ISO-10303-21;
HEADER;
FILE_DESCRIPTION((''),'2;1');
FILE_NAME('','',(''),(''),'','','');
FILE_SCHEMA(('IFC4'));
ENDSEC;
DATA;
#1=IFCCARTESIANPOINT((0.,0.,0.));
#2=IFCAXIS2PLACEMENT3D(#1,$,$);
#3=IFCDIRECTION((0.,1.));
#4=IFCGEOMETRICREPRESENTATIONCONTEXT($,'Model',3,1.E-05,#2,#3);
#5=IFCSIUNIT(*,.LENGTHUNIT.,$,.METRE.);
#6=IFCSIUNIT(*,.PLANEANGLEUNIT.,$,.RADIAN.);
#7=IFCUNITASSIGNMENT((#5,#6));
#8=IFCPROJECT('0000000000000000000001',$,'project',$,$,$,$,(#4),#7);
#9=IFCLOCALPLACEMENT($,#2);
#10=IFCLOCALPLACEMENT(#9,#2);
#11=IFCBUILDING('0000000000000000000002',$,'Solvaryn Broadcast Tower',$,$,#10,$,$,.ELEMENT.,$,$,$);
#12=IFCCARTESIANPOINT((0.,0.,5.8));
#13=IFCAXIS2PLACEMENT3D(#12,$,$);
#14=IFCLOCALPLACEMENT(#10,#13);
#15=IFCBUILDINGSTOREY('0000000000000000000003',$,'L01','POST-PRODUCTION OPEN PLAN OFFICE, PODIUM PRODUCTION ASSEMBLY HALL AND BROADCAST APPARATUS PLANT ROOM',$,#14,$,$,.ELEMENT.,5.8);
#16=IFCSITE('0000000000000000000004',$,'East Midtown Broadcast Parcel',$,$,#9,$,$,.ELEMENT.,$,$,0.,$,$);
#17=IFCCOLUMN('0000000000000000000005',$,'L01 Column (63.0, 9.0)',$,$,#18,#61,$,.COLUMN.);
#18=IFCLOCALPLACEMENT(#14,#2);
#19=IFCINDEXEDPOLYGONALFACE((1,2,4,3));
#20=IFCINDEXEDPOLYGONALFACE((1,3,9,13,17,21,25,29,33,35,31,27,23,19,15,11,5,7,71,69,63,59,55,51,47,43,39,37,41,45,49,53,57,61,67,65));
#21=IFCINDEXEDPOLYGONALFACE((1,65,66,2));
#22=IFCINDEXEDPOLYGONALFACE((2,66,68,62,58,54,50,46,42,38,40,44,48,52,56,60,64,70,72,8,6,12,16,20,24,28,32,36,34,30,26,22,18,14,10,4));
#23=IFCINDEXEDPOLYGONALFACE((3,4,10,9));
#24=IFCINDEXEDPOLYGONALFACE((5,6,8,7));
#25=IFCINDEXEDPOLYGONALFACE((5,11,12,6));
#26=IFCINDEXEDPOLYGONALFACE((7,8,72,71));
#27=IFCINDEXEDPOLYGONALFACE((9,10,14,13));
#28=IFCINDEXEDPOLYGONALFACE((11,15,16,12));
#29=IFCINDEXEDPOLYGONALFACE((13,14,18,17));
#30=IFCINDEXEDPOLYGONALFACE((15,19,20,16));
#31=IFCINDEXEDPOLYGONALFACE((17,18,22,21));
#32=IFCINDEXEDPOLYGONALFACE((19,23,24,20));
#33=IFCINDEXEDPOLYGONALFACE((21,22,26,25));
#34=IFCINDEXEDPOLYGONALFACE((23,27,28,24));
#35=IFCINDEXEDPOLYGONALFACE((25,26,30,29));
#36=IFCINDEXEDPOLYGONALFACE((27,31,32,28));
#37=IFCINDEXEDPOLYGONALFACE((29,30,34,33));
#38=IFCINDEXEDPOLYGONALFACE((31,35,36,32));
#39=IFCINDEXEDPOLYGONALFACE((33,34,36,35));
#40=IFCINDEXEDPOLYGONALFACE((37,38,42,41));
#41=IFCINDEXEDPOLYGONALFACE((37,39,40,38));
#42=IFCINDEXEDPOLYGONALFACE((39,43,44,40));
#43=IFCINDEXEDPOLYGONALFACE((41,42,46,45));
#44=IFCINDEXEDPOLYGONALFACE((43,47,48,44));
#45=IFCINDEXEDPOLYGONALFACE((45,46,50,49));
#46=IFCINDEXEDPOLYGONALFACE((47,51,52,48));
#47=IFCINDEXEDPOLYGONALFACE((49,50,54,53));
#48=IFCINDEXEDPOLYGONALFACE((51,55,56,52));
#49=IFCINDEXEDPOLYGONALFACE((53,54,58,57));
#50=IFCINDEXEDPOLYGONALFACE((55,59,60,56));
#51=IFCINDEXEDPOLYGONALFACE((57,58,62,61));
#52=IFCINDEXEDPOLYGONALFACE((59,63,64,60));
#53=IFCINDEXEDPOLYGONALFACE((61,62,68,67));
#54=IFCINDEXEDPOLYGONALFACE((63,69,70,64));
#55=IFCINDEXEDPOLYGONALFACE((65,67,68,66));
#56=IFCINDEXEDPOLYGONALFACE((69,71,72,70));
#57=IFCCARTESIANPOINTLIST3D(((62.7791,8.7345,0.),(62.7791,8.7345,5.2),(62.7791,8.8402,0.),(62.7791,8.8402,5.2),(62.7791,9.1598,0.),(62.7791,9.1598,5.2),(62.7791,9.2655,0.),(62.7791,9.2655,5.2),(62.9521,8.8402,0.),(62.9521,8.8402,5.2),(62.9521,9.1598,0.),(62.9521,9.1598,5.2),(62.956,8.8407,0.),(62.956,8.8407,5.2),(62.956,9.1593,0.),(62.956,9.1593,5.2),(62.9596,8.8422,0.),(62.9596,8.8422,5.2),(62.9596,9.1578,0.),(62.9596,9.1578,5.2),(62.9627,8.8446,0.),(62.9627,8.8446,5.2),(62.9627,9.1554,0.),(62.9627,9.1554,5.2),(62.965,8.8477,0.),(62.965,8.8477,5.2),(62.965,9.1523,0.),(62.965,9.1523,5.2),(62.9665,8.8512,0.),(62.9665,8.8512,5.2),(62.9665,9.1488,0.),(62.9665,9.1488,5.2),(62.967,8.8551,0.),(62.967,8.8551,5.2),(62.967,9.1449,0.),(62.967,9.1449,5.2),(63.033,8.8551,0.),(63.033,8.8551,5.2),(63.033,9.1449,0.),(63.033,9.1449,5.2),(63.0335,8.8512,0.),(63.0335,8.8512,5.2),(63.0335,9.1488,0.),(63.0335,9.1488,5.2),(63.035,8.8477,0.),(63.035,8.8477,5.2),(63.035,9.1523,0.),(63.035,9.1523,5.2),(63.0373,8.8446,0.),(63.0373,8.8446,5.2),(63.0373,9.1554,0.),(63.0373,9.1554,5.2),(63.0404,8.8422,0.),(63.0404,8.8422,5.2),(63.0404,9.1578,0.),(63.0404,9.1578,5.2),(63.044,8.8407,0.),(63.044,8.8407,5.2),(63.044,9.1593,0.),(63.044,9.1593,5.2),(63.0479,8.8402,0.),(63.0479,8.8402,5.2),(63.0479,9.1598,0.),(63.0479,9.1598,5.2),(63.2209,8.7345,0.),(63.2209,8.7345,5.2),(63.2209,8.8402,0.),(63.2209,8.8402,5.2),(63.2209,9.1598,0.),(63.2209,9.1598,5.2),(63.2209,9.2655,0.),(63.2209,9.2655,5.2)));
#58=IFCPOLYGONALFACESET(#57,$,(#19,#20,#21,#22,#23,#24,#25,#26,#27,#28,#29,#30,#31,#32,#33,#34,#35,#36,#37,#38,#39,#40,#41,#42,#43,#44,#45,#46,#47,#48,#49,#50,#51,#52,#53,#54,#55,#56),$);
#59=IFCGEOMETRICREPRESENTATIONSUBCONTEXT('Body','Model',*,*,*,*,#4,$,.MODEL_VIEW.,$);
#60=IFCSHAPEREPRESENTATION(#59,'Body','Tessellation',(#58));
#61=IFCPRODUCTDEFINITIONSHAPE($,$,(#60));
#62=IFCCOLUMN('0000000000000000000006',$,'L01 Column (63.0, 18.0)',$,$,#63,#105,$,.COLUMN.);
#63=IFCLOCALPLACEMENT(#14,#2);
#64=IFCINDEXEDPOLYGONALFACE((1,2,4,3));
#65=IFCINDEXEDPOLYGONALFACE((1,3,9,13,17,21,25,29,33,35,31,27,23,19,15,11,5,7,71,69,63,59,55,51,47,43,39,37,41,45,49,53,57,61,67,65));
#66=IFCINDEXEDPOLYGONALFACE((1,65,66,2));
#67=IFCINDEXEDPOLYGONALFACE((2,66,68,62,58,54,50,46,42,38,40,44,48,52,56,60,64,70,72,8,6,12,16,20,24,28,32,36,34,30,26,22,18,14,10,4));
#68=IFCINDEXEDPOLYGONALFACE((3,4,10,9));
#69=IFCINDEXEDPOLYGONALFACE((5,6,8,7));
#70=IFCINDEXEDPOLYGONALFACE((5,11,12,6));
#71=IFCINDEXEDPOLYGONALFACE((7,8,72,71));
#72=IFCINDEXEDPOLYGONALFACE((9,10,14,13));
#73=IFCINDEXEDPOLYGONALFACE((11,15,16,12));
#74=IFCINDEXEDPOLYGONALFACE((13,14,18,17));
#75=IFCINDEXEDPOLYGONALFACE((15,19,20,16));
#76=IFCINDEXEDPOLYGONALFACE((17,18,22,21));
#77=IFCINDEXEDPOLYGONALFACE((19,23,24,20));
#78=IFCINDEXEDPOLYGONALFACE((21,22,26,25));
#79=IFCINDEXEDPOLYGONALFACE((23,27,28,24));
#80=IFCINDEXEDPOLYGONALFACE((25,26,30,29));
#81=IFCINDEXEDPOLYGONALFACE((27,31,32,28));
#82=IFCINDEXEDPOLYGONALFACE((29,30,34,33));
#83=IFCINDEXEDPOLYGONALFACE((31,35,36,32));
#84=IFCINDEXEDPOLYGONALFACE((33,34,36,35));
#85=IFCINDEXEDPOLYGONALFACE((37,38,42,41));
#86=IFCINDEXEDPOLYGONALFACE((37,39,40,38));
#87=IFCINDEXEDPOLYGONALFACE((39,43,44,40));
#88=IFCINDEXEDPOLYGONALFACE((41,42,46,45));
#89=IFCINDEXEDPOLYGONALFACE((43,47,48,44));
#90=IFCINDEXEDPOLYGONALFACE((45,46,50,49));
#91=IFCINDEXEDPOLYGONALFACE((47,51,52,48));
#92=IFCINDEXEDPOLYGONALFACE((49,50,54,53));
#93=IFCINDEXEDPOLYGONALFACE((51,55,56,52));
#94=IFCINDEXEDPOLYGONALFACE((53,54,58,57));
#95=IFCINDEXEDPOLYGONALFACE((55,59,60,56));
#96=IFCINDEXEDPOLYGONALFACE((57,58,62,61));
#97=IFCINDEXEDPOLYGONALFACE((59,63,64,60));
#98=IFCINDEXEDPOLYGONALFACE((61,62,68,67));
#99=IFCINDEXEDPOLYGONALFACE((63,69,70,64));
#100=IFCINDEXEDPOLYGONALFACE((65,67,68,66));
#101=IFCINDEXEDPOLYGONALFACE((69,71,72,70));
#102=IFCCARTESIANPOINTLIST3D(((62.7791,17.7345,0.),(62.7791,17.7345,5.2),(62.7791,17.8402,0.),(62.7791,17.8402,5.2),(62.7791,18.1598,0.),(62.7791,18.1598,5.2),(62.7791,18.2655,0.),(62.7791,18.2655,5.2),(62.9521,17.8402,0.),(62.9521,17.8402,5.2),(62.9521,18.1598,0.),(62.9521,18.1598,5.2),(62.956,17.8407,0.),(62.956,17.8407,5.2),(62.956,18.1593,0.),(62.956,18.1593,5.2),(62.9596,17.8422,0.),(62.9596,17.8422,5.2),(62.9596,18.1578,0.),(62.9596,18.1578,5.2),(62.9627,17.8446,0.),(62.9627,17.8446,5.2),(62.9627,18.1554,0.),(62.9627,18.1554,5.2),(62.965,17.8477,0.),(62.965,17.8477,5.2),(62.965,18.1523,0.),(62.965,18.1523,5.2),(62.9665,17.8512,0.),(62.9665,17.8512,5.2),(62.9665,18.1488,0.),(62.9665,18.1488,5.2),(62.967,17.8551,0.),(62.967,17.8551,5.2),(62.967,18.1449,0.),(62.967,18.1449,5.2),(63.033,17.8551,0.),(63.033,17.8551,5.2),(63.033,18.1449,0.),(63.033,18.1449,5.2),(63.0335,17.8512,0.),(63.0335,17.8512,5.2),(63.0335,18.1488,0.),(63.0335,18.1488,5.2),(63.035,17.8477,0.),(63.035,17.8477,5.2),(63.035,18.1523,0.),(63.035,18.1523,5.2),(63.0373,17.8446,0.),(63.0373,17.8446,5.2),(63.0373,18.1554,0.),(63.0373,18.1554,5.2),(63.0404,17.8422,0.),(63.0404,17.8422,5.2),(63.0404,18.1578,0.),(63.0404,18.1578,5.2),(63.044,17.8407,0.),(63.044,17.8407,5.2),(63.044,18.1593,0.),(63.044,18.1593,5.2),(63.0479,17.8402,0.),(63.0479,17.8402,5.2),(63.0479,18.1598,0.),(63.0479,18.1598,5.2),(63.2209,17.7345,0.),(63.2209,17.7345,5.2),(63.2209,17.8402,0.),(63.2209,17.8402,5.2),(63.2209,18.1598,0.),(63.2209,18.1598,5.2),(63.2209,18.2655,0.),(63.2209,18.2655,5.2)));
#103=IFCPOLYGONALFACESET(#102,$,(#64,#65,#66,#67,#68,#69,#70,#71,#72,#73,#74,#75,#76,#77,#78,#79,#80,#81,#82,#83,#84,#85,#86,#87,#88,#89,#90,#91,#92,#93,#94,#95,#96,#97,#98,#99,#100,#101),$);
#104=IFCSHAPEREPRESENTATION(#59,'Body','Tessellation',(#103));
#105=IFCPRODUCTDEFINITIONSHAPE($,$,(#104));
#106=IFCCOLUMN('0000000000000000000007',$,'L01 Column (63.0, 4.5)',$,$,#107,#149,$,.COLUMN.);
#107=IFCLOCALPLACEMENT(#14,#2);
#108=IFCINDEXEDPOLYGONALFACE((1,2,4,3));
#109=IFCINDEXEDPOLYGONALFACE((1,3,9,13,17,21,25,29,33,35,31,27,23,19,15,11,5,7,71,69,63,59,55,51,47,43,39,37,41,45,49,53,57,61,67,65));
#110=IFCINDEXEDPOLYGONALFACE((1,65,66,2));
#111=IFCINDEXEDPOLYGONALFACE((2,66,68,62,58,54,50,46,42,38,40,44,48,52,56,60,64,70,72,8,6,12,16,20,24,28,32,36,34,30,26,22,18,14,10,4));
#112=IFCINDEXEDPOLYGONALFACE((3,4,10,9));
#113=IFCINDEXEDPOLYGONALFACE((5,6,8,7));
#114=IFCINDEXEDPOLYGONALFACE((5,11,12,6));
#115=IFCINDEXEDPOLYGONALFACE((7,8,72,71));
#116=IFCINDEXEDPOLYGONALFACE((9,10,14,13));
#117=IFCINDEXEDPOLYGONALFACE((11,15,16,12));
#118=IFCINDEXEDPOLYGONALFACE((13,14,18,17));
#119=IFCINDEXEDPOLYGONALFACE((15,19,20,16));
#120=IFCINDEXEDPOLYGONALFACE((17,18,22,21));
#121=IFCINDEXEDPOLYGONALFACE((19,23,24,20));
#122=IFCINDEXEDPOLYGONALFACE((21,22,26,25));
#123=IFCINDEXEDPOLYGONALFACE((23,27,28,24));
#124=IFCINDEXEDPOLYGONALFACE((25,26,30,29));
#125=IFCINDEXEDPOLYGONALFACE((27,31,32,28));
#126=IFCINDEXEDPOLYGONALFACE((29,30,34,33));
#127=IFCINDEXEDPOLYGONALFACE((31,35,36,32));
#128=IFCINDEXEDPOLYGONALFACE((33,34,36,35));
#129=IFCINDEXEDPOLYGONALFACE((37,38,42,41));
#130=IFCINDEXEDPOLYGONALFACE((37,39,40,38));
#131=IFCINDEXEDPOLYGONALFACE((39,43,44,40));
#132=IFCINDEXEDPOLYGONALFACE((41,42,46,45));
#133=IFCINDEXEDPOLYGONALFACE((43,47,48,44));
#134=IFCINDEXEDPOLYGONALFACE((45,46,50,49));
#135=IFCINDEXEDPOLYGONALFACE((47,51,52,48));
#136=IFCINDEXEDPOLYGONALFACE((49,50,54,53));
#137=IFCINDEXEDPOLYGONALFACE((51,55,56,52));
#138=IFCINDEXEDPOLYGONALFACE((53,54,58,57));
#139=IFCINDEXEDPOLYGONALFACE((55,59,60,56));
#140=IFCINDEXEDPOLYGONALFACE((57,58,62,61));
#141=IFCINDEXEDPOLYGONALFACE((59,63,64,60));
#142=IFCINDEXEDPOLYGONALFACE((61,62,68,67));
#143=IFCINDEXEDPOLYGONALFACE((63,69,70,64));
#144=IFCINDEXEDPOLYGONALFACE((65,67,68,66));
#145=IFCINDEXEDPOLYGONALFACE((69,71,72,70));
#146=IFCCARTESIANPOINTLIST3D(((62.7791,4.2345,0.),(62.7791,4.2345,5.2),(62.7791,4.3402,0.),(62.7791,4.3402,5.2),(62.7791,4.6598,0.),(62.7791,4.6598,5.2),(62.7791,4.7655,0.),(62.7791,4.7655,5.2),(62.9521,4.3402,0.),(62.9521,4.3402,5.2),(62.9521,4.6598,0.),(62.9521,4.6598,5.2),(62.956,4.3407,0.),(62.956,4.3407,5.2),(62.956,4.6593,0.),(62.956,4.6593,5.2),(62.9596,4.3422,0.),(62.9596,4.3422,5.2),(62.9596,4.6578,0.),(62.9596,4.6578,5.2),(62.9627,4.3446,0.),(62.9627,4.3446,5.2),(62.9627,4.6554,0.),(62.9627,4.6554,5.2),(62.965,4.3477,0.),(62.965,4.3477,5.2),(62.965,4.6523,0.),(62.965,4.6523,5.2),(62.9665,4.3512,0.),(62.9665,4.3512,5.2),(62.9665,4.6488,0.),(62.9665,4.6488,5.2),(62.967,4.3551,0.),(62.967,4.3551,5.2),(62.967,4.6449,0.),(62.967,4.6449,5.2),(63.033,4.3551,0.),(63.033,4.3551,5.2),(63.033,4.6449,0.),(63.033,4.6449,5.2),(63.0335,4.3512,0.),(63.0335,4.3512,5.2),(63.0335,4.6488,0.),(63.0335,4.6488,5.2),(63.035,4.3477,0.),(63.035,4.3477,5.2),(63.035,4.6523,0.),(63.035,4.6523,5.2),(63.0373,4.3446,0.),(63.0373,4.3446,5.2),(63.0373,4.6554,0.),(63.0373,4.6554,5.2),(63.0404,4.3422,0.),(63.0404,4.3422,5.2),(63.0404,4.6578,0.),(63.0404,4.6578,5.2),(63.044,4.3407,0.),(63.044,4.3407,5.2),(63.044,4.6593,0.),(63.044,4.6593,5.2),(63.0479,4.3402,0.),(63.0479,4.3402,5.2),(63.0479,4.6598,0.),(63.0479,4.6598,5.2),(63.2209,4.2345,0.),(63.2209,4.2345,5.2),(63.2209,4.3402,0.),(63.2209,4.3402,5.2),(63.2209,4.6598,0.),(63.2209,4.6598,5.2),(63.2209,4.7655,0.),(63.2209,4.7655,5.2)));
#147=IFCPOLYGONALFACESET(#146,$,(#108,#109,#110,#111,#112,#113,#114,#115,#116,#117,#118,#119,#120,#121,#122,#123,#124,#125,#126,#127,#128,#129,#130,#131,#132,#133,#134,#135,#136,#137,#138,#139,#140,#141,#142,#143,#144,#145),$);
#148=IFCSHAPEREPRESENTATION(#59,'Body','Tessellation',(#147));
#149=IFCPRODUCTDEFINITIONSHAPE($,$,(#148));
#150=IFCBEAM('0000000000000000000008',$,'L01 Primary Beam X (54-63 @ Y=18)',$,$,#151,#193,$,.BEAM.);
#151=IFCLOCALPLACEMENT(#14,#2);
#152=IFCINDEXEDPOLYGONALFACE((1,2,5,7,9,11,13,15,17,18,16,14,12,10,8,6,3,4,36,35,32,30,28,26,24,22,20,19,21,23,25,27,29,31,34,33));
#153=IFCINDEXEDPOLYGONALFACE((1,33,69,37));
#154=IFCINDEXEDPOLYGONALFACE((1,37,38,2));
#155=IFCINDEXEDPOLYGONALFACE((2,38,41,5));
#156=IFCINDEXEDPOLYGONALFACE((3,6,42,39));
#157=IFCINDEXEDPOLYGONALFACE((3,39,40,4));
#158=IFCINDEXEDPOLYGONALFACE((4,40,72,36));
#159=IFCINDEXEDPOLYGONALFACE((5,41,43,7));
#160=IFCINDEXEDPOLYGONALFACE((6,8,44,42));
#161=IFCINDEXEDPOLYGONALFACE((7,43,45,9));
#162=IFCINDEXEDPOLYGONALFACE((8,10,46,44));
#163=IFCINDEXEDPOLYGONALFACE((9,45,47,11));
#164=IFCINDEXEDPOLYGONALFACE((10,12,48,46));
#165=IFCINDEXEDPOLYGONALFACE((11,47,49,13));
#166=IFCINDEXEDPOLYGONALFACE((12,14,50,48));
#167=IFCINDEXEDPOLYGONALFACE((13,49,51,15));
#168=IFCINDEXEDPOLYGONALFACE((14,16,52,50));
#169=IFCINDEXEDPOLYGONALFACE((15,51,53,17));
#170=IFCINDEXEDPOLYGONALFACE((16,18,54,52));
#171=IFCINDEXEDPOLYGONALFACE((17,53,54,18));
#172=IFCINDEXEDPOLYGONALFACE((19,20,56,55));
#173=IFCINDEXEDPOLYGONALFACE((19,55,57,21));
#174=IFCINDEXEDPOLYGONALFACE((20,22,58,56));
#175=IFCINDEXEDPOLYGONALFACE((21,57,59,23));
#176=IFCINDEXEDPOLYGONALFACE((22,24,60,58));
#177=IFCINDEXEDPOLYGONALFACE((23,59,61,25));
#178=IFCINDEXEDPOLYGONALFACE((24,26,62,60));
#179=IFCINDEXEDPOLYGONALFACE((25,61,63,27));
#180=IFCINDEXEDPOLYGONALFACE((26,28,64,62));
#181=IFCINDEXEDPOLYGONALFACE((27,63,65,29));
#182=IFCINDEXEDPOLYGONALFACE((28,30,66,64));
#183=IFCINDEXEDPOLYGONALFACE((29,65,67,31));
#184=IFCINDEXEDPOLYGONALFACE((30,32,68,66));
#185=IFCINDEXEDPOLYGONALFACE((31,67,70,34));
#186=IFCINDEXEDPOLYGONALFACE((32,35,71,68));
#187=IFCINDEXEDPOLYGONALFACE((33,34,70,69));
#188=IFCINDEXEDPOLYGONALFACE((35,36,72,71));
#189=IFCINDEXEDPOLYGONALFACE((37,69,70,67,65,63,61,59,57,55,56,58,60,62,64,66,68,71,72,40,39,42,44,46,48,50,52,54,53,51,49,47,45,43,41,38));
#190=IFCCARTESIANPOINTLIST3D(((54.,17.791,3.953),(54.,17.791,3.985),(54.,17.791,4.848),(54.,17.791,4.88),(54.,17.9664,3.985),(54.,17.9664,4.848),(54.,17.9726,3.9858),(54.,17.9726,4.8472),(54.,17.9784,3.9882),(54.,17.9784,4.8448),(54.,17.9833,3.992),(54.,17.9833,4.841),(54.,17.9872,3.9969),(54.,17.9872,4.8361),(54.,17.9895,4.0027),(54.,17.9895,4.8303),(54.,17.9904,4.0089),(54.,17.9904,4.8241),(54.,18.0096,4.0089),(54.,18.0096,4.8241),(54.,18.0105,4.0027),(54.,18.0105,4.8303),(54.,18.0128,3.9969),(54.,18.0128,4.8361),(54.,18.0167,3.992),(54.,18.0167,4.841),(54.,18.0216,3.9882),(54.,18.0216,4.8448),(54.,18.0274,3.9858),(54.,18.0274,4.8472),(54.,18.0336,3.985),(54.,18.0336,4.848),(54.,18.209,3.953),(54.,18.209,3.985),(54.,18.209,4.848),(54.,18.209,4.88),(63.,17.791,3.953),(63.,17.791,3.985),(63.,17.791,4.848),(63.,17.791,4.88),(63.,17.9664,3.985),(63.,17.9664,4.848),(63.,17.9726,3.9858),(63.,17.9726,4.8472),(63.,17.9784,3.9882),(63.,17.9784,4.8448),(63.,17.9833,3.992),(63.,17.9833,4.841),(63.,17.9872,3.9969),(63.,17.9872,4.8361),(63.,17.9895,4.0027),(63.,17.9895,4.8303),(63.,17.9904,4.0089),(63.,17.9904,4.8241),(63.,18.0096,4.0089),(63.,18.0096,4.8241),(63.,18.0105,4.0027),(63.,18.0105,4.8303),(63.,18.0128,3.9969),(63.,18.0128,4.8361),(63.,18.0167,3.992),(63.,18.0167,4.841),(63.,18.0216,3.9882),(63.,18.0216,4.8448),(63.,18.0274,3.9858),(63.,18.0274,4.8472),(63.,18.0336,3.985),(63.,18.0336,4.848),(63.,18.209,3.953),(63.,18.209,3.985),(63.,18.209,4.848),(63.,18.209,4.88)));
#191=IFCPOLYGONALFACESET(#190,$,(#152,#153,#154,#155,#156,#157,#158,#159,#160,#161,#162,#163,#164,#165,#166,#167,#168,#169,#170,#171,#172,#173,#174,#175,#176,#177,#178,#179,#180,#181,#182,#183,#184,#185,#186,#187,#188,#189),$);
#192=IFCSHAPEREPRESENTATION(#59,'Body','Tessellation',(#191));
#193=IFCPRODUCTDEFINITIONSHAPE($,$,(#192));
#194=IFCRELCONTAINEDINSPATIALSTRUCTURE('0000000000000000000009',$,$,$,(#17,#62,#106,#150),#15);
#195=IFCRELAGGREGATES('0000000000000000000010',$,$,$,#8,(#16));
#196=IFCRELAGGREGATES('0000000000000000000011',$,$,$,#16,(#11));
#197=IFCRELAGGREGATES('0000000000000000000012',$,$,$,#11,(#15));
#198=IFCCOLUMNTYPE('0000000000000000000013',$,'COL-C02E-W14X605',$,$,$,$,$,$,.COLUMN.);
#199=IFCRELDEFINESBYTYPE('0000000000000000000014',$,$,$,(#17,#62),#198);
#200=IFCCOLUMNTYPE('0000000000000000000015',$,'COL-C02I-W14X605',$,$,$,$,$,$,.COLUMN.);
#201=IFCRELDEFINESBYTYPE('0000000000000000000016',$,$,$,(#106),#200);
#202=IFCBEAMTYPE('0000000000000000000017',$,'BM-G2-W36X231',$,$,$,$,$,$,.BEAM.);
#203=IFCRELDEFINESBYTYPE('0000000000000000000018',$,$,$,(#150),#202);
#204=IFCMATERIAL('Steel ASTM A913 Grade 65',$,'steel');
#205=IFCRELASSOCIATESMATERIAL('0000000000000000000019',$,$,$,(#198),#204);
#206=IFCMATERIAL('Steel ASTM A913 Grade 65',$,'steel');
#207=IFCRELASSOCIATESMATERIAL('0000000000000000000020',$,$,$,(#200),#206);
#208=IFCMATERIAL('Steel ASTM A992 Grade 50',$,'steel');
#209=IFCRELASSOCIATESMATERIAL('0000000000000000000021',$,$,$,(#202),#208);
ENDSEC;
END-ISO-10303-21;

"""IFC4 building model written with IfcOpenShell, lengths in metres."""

from ifc_helpers import new_model, si_unit, direction, frame, origin, origin_2d, place, context, subcontext, project, spatial, i_section, extrude, material, material_profile, profile_set, type_object, element, save


model = new_model("IFC4")

# Units and contexts
model_context = context("Model", 3, precision=1e-05, world=origin(), true_north=direction((0.0, 1.0)))
body_context = subcontext(model_context, "Body", "Model", "MODEL_VIEW")
ifc_project = project(units=[si_unit("LENGTHUNIT", "METRE"), si_unit("PLANEANGLEUNIT", "RADIAN")], contexts=[model_context])

# Site, building, storey
site_placement = place(None, origin())
site = spatial("IfcSite", under=ifc_project, at=site_placement, Name="East Midtown Broadcast Parcel", CompositionType="ELEMENT", RefElevation=0.0)
building_placement = place(site_placement, origin())
building = spatial("IfcBuilding", under=site, at=building_placement, Name="Solvaryn Broadcast Tower", CompositionType="ELEMENT")
storey_placement = place(building_placement, frame((0.0, 0.0, 5.8)))
storey = spatial("IfcBuildingStorey", under=building, at=storey_placement, Name="L01", Description="POST-PRODUCTION OPEN PLAN OFFICE, PODIUM PRODUCTION ASSEMBLY HALL AND BROADCAST APPARATUS PLANT ROOM", CompositionType="ELEMENT", Elevation=5.8)

# Columns
ifc_material_1 = material(Name="Steel ASTM A913 Grade 65", Category="steel")
ifc_material_profile_1 = material_profile(ifc_material_1, i_section(OverallWidth=0.4419, OverallDepth=0.531, WebThickness=0.0659, FlangeThickness=0.1057, FilletRadius=0.0149, at=origin_2d()))
ifc_profile_set_1 = profile_set([ifc_material_profile_1], Name="Steel ASTM A913 Grade 65")
column_type_1 = type_object("IfcColumnType", Name="COL-C02E-W14X605", PredefinedType="COLUMN", material=ifc_profile_set_1)
for number, where, z_axis, x_axis, name in (
    (1, (63.0, 9.0, 0.0), (0.0, 0.0, 1.0), (1.0, 0.0, 0.0), "L01 Column (63.0, 9.0)"),
    (2, (63.0, 18.0, 0.0), (0.0, 0.0, 1.0), (1.0, 0.0, 0.0), "L01 Column (63.0, 18.0)"),
):
    element("IfcColumn", number, at=place(storey_placement, frame(where, z_axis=z_axis, x_axis=x_axis)), inside=storey, type_object=column_type_1, Name=name, PredefinedType="COLUMN", context=body_context, shape_type="SweptSolid", body=[
        extrude(i_section(OverallWidth=0.4419, OverallDepth=0.531, WebThickness=0.0659, FlangeThickness=0.1057, FilletRadius=0.0149, at=origin_2d()), origin(), (0.0, 0.0, 1.0), 5.2),
    ])
ifc_material_2 = material(Name="Steel ASTM A913 Grade 65", Category="steel")
ifc_material_profile_2 = material_profile(ifc_material_2, i_section(OverallWidth=0.4419, OverallDepth=0.531, WebThickness=0.0659, FlangeThickness=0.1057, FilletRadius=0.0149, at=origin_2d()))
ifc_profile_set_2 = profile_set([ifc_material_profile_2], Name="Steel ASTM A913 Grade 65")
column_type_2 = type_object("IfcColumnType", Name="COL-C02I-W14X605", PredefinedType="COLUMN", material=ifc_profile_set_2)
column_placement = place(storey_placement, frame((63.0, 4.5, 0.0), z_axis=(0.0, 0.0, 1.0), x_axis=(1.0, 0.0, 0.0)))
element("IfcColumn", 3, at=column_placement, inside=storey, type_object=column_type_2, Name="L01 Column (63.0, 4.5)", PredefinedType="COLUMN", context=body_context, shape_type="SweptSolid", body=[
    extrude(i_section(OverallWidth=0.4419, OverallDepth=0.531, WebThickness=0.0659, FlangeThickness=0.1057, FilletRadius=0.0149, at=origin_2d()), origin(), (0.0, 0.0, 1.0), 5.2),
])

# Beam
ifc_material_3 = material(Name="Steel ASTM A992 Grade 50", Category="steel")
ifc_material_profile_3 = material_profile(ifc_material_3, i_section(OverallWidth=0.418, OverallDepth=0.927, WebThickness=0.0193, FlangeThickness=0.032, FilletRadius=0.0239, at=origin_2d()))
ifc_profile_set_3 = profile_set([ifc_material_profile_3], Name="Steel ASTM A992 Grade 50")
beam_type_1 = type_object("IfcBeamType", Name="BM-G2-W36X231", PredefinedType="BEAM", material=ifc_profile_set_3)
beam_1_placement = place(storey_placement, frame((54.0, 18.0, 4.4165), z_axis=(1.0, 0.0, 0.0), x_axis=(0.0, 1.0, 0.0)))
element("IfcBeam", 4, at=beam_1_placement, inside=storey, type_object=beam_type_1, Name="L01 Primary Beam X (54-63 @ Y=18)", PredefinedType="BEAM", context=body_context, shape_type="SweptSolid", body=[
    extrude(i_section(OverallWidth=0.418, OverallDepth=0.927, WebThickness=0.0193, FlangeThickness=0.032, FilletRadius=0.0239, at=origin_2d()), origin(), (0.0, 0.0, 1.0), 9.0),
])

save(model, "model.ifc")
